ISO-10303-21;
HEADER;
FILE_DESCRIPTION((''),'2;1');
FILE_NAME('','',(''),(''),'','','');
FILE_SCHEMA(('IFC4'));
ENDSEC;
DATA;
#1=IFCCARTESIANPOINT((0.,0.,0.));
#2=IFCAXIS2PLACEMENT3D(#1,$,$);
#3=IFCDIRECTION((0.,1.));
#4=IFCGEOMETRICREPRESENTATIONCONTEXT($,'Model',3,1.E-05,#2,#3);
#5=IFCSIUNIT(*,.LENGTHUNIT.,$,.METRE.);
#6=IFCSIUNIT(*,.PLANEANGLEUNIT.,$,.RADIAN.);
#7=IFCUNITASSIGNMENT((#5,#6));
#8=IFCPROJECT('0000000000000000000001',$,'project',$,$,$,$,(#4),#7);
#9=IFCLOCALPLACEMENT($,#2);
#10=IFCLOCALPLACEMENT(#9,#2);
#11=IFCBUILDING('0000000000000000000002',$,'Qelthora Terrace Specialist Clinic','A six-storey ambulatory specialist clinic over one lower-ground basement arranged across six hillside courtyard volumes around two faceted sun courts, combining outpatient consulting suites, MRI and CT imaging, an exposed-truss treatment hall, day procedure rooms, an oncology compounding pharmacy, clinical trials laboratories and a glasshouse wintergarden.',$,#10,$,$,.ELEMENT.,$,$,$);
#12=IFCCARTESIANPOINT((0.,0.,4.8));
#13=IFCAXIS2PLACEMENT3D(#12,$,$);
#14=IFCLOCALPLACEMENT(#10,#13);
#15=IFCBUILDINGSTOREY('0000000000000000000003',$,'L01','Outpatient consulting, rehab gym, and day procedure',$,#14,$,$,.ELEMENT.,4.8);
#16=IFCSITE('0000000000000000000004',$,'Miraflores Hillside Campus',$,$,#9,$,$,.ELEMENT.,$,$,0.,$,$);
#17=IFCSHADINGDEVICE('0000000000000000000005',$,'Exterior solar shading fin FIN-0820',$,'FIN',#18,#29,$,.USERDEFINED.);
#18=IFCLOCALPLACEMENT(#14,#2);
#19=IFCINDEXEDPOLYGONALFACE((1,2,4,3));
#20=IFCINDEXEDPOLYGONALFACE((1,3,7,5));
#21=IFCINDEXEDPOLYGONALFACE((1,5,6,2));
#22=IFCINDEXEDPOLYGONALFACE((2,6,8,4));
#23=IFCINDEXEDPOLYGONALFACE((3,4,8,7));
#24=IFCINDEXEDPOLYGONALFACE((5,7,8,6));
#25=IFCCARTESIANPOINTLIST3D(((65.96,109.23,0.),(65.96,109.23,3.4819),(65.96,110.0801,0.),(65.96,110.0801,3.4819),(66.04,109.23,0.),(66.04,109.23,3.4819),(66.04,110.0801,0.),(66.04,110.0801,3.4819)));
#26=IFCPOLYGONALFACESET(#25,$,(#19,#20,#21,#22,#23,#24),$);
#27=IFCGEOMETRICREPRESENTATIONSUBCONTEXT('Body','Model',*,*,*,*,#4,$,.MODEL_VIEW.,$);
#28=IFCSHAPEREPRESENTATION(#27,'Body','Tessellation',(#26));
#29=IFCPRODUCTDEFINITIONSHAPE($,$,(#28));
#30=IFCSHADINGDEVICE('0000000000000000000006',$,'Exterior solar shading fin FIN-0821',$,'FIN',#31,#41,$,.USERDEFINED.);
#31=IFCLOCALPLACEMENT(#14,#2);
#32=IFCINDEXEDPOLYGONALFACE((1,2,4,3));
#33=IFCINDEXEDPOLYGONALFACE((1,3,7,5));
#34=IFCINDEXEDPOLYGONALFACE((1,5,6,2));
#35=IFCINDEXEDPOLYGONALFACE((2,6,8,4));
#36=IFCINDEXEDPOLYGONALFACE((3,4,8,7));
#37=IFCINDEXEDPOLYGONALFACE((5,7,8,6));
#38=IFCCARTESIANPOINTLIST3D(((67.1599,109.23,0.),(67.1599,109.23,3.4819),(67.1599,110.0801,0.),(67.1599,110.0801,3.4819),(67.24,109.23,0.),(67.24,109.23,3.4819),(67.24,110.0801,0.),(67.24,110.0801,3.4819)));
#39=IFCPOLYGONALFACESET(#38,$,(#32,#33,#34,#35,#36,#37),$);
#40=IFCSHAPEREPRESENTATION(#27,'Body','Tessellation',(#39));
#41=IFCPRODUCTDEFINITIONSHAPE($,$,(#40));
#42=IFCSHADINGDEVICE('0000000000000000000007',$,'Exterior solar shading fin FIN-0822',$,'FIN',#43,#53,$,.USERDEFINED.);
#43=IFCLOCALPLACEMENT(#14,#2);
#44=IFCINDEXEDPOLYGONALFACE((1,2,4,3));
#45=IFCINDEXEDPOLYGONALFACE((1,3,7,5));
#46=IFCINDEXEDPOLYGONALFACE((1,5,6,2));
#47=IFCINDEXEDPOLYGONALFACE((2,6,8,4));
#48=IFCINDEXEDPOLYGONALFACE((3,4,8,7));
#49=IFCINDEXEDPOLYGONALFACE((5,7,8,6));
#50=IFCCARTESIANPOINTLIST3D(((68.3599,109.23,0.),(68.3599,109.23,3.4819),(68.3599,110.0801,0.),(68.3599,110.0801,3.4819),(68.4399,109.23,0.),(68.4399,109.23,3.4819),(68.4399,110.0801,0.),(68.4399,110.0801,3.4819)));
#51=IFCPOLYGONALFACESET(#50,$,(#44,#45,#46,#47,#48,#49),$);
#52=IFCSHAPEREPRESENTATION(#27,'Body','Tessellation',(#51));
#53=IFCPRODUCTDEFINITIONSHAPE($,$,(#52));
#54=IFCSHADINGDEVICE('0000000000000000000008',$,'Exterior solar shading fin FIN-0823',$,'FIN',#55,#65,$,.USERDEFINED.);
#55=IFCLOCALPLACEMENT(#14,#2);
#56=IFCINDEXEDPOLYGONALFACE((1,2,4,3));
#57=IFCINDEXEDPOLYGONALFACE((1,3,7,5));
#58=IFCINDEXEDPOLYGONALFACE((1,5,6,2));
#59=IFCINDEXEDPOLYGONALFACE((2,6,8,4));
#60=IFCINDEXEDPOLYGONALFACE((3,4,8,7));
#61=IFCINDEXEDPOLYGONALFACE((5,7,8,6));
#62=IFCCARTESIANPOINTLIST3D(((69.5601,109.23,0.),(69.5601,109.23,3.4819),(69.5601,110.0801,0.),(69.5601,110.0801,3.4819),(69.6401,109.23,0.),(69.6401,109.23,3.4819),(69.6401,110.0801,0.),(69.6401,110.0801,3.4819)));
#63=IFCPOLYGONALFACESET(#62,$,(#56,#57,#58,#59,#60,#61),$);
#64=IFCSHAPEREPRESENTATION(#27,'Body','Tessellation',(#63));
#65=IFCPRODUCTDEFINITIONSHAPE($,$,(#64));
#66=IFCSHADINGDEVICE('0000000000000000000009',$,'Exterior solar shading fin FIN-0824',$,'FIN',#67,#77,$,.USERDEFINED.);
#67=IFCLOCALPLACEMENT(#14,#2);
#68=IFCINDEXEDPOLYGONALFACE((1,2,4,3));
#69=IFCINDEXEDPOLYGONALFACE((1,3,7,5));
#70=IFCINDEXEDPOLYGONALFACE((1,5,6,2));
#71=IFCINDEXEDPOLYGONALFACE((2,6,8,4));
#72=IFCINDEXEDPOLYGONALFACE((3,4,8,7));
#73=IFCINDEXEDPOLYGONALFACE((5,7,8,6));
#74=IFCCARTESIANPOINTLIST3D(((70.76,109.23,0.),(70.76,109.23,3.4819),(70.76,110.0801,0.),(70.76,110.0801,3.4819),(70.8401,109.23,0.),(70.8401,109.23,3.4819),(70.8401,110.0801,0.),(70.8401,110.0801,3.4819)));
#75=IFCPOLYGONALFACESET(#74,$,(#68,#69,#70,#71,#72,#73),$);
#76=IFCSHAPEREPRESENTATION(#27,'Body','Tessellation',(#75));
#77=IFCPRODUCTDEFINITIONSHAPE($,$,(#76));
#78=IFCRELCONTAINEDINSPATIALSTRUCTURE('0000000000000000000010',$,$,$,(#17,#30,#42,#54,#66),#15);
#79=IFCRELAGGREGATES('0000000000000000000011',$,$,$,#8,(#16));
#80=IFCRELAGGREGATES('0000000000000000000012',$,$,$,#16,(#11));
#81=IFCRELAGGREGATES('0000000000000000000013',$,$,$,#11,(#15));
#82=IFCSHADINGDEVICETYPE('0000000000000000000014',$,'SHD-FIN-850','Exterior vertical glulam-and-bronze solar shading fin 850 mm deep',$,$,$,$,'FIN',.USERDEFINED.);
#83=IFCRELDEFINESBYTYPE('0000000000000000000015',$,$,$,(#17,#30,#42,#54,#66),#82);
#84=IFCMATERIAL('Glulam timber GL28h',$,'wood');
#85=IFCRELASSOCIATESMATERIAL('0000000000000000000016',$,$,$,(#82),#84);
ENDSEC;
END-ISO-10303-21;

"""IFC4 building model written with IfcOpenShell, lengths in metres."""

from ifc_helpers import new_model, si_unit, direction, frame, origin, origin_2d, place, context, subcontext, project, spatial, rectangle, extrude, material, type_object, element, save


model = new_model("IFC4")

# Units and contexts
model_context = context("Model", 3, precision=1e-05, world=origin(), true_north=direction((0.0, 1.0)))
body_context = subcontext(model_context, "Body", "Model", "MODEL_VIEW")
ifc_project = project(units=[si_unit("LENGTHUNIT", "METRE"), si_unit("PLANEANGLEUNIT", "RADIAN")], contexts=[model_context])

# Site, building, storey
site_placement = place(None, origin())
site = spatial("IfcSite", under=ifc_project, at=site_placement, Name="Miraflores Hillside Campus", CompositionType="ELEMENT", RefElevation=0.0)
building_placement = place(site_placement, origin())
building = spatial("IfcBuilding", under=site, at=building_placement, Name="Qelthora Terrace Specialist Clinic", Description="A six-storey ambulatory specialist clinic over one lower-ground basement arranged across six hillside courtyard volumes around two faceted sun courts, combining outpatient consulting suites, MRI and CT imaging, an exposed-truss treatment hall, day procedure rooms, an oncology compounding pharmacy, clinical trials laboratories and a glasshouse wintergarden.", CompositionType="ELEMENT")
storey_placement = place(building_placement, frame((0.0, 0.0, 4.8)))
storey = spatial("IfcBuildingStorey", under=building, at=storey_placement, Name="L01", Description="Outpatient consulting, rehab gym, and day procedure", CompositionType="ELEMENT", Elevation=4.8)

# Shading devices
ifc_material_1 = material(Name="Glulam timber GL28h", Category="wood")
shading_device_type = type_object("IfcShadingDeviceType", Name="SHD-FIN-850", Description="Exterior vertical glulam-and-bronze solar shading fin 850 mm deep", ElementType="FIN", PredefinedType="USERDEFINED", material=ifc_material_1)
for number, where, z_axis, x_axis, name in (
    (1, (66.0, 109.655, 0.0), (0.0, 0.0, 1.0), (0.0, 1.0, 0.0), "Exterior solar shading fin FIN-0820"),
    (2, (67.2, 109.655, 0.0), (0.0, 0.0, 1.0), (0.0, 1.0, 0.0), "Exterior solar shading fin FIN-0821"),
    (3, (68.3999, 109.655, 0.0), (0.0, 0.0, 1.0), (0.0, 1.0, 0.0), "Exterior solar shading fin FIN-0822"),
    (4, (69.6001, 109.655, 0.0), (0.0, 0.0, 1.0), (0.0, 1.0, 0.0), "Exterior solar shading fin FIN-0823"),
    (5, (70.8, 109.655, 0.0), (0.0, 0.0, 1.0), (0.0, 1.0, 0.0), "Exterior solar shading fin FIN-0824"),
):
    element("IfcShadingDevice", number, at=place(storey_placement, frame(where, z_axis=z_axis, x_axis=x_axis)), inside=storey, type_object=shading_device_type, Name=name, ObjectType="FIN", PredefinedType="USERDEFINED", context=body_context, shape_type="SweptSolid", body=[
        extrude(rectangle(XDim=0.8501, YDim=0.0801, at=origin_2d()), origin(), (0.0, 0.0, 1.0), 3.4819),
    ])

save(model, "model.ifc")
